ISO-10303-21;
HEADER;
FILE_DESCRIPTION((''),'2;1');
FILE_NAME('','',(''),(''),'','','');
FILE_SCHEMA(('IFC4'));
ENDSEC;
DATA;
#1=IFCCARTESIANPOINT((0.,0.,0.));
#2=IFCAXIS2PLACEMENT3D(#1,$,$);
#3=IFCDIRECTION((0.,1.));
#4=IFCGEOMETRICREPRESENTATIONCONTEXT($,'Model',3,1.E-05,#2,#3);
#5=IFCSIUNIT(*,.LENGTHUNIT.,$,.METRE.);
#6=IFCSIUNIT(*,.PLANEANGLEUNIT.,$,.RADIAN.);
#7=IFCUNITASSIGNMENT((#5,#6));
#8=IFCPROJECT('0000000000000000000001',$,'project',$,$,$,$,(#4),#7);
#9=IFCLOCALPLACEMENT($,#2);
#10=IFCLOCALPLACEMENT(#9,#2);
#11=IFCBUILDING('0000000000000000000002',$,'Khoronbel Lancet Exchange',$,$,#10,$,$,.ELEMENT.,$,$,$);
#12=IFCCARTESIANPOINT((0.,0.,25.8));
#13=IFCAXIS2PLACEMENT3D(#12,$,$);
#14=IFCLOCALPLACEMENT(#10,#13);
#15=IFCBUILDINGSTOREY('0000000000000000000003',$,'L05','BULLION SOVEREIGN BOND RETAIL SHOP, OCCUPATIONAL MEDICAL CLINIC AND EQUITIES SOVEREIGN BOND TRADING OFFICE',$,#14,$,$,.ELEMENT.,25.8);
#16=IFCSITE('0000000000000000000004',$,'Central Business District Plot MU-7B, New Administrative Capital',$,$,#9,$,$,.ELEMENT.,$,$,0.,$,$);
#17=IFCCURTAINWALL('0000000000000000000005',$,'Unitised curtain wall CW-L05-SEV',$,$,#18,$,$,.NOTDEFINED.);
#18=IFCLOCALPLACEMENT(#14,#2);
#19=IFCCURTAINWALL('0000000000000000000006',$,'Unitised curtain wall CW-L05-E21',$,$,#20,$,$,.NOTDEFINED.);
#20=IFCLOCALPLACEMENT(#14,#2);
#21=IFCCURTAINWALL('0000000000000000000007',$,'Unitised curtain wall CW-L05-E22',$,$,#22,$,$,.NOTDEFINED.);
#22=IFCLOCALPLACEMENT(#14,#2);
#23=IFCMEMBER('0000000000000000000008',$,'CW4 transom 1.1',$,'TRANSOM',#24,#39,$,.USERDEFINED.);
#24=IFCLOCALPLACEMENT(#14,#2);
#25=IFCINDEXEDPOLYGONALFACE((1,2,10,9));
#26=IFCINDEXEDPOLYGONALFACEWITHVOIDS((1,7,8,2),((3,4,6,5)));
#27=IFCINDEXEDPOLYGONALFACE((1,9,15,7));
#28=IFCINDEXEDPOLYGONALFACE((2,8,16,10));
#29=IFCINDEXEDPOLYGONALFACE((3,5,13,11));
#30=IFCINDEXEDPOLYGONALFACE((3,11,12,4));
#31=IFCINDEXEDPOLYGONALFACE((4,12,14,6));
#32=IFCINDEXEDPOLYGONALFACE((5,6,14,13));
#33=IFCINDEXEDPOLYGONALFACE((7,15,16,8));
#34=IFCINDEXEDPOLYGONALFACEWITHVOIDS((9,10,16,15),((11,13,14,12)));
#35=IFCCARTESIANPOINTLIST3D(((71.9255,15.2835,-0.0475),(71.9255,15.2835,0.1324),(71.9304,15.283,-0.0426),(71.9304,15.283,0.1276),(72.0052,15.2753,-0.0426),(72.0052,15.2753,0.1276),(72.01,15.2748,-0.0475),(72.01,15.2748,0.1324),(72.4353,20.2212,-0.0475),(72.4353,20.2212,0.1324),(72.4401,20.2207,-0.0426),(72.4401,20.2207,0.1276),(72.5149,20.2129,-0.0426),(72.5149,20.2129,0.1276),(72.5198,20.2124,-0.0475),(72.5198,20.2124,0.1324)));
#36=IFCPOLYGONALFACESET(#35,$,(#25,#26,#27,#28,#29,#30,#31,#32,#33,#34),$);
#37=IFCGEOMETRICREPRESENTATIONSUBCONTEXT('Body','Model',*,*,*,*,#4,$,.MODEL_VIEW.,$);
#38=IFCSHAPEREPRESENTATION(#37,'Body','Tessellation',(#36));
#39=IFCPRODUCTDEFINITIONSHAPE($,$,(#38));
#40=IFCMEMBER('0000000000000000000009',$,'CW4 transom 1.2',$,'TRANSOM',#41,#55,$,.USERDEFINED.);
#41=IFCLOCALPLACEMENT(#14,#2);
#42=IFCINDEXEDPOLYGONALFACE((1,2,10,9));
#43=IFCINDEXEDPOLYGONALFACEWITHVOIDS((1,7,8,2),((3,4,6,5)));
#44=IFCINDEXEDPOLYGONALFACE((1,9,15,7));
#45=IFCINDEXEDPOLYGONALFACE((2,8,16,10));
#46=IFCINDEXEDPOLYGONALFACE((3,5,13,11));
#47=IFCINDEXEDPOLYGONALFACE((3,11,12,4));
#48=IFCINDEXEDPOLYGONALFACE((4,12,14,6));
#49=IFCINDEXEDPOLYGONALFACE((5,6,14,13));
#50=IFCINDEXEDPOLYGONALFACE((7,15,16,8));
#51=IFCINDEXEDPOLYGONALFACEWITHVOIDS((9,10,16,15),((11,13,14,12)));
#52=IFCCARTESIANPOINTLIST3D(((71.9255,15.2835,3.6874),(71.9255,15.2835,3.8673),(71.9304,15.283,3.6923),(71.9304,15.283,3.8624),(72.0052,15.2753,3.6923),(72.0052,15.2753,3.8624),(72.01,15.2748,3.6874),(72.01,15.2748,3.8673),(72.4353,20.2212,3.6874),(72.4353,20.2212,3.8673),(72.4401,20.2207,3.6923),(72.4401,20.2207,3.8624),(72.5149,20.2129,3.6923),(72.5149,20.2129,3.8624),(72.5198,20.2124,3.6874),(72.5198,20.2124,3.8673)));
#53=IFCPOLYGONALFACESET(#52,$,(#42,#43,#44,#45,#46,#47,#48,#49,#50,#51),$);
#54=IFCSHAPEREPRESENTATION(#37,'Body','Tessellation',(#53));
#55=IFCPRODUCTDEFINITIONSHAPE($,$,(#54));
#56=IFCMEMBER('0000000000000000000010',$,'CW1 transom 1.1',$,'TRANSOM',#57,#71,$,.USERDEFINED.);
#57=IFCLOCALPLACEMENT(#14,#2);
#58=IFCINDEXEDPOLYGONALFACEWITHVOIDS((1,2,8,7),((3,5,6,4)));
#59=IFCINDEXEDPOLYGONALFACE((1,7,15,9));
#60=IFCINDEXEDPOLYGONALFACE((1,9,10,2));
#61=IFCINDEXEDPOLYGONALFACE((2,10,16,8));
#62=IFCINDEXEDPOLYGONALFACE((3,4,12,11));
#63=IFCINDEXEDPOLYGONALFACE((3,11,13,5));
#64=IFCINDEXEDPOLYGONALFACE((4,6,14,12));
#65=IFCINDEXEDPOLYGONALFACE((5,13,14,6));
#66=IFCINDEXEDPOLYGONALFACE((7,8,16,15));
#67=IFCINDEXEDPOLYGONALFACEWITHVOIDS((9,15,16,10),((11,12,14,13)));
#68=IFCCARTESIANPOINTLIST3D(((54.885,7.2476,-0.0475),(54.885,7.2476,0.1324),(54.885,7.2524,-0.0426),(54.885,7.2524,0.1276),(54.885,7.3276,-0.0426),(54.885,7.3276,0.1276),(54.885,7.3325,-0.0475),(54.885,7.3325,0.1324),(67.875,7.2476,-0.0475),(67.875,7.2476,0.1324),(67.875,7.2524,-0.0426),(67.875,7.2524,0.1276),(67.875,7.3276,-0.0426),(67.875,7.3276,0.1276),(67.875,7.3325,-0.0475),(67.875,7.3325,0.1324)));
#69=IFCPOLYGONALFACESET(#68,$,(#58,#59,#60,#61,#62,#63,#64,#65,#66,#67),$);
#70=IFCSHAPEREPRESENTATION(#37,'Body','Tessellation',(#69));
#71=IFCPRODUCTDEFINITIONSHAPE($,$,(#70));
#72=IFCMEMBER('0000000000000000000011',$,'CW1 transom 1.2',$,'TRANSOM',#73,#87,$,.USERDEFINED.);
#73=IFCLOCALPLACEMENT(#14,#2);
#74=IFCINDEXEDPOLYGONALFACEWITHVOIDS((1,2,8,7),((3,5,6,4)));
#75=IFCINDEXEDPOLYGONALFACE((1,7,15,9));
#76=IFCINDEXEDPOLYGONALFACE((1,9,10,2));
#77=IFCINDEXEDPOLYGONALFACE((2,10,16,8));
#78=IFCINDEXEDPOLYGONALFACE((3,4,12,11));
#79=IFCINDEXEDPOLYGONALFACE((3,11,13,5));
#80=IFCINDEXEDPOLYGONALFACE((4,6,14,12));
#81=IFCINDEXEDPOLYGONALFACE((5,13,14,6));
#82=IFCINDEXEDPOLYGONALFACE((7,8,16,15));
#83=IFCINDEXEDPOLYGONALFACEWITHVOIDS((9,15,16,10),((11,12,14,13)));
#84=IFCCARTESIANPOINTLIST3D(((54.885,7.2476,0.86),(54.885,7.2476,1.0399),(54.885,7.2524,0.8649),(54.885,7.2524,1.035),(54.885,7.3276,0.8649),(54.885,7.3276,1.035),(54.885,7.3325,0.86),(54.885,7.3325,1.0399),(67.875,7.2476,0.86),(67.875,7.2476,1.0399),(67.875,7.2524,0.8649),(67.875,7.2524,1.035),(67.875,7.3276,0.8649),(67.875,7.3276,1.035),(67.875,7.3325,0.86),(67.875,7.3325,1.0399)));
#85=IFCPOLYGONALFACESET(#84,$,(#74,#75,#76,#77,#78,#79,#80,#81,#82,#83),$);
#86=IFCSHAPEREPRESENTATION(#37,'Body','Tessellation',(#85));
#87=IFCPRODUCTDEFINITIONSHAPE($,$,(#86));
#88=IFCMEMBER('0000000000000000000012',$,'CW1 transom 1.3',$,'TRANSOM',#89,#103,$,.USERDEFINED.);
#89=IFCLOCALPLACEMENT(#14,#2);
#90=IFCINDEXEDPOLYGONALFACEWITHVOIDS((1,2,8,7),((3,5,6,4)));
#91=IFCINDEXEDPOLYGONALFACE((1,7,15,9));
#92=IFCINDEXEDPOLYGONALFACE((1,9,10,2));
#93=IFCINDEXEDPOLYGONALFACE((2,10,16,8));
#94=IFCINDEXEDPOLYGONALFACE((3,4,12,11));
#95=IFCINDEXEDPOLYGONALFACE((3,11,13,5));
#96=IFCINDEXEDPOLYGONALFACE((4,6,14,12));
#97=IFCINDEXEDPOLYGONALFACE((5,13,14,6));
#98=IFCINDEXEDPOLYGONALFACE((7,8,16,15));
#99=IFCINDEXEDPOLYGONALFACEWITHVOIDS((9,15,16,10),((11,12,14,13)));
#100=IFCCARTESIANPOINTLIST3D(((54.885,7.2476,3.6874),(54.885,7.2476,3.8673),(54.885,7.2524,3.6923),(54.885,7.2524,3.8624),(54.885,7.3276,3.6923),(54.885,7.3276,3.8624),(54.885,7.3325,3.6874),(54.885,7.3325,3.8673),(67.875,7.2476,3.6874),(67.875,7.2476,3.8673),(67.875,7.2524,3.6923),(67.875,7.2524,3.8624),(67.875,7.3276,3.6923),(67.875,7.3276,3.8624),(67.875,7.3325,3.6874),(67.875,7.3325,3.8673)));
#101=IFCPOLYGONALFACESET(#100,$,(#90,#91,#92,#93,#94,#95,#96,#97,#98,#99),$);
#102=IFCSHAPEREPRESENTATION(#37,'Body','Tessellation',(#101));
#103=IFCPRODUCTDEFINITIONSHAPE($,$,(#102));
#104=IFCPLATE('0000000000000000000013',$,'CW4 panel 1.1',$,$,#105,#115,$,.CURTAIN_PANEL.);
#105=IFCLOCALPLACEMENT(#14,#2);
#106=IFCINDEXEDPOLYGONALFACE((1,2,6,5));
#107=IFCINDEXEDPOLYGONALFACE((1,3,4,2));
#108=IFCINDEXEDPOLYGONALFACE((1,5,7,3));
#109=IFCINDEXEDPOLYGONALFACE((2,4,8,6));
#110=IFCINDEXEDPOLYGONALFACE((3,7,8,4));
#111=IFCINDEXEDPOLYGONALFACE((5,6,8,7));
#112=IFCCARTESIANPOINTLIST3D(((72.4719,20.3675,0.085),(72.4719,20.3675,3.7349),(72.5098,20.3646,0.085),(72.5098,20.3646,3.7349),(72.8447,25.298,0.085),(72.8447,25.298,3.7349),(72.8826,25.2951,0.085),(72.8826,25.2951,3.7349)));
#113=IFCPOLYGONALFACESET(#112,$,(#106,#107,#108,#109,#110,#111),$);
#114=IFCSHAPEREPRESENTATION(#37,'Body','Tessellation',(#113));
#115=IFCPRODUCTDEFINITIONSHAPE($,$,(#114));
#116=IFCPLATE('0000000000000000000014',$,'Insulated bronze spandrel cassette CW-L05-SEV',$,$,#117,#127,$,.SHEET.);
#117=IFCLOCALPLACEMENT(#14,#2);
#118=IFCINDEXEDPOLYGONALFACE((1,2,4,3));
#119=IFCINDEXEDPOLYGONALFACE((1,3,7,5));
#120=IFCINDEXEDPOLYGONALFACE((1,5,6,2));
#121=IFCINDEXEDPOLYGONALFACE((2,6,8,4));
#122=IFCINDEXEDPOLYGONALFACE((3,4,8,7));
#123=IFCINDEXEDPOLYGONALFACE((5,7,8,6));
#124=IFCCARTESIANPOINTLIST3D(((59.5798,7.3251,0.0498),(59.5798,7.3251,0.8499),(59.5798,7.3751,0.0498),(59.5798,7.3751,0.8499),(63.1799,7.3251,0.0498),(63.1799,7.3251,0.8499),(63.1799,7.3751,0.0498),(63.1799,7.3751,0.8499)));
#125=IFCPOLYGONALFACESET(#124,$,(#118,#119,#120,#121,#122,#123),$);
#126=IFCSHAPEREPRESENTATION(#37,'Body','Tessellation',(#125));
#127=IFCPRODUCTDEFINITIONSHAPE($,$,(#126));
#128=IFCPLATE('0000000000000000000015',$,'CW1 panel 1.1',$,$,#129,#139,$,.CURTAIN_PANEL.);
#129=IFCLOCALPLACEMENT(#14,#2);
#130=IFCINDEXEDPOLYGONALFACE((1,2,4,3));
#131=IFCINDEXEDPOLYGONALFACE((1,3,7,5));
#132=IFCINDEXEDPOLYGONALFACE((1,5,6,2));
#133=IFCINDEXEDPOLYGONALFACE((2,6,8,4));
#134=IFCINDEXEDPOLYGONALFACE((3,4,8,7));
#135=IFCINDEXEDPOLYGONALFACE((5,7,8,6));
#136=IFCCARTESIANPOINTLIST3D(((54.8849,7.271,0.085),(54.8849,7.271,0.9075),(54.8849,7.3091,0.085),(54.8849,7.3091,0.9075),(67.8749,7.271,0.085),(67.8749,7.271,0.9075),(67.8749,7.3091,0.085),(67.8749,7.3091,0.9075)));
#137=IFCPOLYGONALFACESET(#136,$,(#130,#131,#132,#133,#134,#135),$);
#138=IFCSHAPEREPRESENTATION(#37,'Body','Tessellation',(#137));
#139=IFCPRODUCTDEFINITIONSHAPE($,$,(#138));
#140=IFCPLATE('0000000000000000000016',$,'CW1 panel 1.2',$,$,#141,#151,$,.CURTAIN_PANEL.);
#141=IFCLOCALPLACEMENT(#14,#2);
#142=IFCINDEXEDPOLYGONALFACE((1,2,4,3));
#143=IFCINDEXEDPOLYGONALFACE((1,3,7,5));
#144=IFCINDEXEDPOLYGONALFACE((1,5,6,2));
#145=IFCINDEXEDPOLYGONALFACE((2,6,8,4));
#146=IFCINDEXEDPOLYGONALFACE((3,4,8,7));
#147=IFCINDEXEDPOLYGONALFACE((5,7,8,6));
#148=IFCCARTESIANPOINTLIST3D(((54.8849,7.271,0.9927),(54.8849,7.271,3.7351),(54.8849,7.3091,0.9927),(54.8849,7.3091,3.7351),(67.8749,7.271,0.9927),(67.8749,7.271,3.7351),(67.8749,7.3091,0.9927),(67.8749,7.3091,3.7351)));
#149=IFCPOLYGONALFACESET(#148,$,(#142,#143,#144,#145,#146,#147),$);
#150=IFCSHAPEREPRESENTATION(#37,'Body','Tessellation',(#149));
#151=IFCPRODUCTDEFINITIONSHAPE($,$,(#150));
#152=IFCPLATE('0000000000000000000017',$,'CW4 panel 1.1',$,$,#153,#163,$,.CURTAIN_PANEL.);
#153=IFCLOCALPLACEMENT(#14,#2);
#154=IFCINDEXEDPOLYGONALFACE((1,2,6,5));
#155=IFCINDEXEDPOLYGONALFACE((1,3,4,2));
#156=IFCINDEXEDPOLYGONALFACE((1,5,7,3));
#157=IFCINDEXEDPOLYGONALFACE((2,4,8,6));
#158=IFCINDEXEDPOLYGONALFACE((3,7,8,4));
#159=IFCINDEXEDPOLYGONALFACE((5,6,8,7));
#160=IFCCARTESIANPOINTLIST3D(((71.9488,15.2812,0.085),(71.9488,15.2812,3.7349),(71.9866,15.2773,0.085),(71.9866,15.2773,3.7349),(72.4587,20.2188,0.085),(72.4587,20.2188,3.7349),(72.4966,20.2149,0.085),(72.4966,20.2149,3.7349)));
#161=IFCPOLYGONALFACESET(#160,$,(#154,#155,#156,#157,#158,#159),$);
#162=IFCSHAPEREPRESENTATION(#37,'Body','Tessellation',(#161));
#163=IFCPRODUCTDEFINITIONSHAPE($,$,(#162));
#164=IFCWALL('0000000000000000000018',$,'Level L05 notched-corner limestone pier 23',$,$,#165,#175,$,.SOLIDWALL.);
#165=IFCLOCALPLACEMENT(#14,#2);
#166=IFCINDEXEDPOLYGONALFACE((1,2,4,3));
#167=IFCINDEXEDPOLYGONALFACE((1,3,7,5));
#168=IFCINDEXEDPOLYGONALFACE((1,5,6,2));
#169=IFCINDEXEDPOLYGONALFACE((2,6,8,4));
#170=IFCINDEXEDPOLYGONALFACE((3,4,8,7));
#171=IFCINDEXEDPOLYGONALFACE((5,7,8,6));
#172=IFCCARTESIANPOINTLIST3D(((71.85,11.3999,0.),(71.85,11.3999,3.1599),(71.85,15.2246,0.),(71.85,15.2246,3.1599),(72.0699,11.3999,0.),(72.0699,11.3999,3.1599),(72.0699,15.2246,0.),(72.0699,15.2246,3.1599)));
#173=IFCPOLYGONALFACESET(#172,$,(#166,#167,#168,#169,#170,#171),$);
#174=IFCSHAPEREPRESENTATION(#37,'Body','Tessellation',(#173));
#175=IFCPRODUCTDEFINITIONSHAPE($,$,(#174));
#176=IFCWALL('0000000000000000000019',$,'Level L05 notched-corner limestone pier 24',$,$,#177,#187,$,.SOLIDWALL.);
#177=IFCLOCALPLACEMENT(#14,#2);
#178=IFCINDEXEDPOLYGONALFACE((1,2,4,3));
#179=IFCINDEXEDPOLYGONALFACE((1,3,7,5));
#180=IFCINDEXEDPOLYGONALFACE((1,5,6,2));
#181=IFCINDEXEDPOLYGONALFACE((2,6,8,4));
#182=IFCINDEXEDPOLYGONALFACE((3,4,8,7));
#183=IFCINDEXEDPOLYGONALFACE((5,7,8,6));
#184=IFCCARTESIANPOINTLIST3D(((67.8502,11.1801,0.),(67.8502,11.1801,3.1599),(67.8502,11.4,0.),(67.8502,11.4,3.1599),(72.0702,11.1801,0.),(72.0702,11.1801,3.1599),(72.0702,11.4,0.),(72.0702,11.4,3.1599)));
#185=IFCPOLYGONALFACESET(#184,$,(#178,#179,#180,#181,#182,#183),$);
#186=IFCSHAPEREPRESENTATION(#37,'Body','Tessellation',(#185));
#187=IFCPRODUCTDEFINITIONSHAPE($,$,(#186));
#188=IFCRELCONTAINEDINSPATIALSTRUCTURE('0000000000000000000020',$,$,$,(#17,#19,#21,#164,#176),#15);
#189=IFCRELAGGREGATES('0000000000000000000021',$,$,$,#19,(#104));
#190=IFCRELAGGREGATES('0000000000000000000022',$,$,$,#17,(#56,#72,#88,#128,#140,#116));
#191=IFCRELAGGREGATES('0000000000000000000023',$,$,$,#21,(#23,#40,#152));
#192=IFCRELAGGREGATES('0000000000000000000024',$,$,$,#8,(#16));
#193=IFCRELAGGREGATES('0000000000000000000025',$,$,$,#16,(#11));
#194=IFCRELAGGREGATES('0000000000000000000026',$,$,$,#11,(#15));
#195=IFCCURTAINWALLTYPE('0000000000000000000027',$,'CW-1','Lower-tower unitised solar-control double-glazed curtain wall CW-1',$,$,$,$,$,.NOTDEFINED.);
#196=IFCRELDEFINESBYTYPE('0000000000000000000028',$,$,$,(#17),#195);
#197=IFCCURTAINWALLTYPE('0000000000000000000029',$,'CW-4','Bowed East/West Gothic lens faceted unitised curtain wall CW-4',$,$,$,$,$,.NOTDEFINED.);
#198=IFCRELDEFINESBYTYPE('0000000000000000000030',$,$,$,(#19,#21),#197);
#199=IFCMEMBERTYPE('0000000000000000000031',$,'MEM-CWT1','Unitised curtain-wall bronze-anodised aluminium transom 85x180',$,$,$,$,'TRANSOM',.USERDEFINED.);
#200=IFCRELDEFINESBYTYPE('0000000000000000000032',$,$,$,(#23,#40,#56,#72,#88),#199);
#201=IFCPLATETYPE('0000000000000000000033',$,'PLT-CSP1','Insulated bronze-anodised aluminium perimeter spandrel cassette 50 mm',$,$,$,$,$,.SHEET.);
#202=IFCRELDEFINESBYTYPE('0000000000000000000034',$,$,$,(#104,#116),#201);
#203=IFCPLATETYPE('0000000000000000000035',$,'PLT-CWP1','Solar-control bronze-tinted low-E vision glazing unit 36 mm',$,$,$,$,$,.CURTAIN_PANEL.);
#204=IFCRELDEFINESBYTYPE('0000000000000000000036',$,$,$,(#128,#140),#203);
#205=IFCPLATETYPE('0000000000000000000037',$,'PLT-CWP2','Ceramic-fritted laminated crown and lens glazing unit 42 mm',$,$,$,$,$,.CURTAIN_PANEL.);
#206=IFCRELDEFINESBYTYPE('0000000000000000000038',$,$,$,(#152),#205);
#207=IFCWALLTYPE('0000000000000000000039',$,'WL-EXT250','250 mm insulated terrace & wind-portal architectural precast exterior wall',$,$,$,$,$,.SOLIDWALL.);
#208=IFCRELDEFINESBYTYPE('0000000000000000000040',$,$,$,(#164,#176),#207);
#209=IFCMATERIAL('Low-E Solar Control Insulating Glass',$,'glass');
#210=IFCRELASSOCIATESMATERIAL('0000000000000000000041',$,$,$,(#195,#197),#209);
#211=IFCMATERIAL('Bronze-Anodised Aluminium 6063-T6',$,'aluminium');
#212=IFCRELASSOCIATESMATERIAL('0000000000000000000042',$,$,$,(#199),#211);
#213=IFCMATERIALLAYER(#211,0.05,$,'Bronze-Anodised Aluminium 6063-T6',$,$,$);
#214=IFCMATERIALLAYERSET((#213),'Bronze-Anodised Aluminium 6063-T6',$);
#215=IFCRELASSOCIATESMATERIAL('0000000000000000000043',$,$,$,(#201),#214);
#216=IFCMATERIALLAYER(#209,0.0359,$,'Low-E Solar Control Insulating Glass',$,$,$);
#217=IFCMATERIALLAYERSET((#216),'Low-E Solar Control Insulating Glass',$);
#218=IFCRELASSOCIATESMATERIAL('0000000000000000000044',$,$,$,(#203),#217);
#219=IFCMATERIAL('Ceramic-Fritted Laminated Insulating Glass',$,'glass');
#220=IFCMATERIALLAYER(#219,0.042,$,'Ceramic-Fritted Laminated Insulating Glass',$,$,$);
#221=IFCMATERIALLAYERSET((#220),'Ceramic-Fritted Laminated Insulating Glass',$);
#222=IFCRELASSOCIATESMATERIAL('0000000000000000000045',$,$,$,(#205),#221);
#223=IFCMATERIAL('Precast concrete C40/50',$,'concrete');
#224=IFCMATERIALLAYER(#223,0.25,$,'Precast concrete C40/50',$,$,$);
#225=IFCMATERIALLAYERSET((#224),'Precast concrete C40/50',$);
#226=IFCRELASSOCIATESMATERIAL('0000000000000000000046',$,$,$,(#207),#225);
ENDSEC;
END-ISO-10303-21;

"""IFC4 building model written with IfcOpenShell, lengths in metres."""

from ifc_helpers import new_model, si_unit, direction, frame, frame_2d, origin, origin_2d, place, context, subcontext, project, spatial, rectangle, hollow_rectangle, extrude, material, layer, layer_set, material_profile, profile_set, type_object, element, aggregate, save


model = new_model("IFC4")

# Units and contexts
model_context = context("Model", 3, precision=1e-05, world=origin(), true_north=direction((0.0, 1.0)))
body_context = subcontext(model_context, "Body", "Model", "MODEL_VIEW")
ifc_project = project(units=[si_unit("LENGTHUNIT", "METRE"), si_unit("PLANEANGLEUNIT", "RADIAN")], contexts=[model_context])

# Site, building, storey
site_placement = place(None, origin())
site = spatial("IfcSite", under=ifc_project, at=site_placement, Name="Central Business District Plot MU-7B, New Administrative Capital", CompositionType="ELEMENT", RefElevation=0.0)
building_placement = place(site_placement, origin())
building = spatial("IfcBuilding", under=site, at=building_placement, Name="Khoronbel Lancet Exchange", CompositionType="ELEMENT")
storey_placement = place(building_placement, frame((0.0, 0.0, 25.8)))
storey = spatial("IfcBuildingStorey", under=building, at=storey_placement, Name="L05", Description="BULLION SOVEREIGN BOND RETAIL SHOP, OCCUPATIONAL MEDICAL CLINIC AND EQUITIES SOVEREIGN BOND TRADING OFFICE", CompositionType="ELEMENT", Elevation=25.8)

# Curtain walls
ifc_material_1 = material(Name="Low-E Solar Control Insulating Glass", Category="glass")
curtain_wall_type_1 = type_object("IfcCurtainWallType", Name="CW-1", Description="Lower-tower unitised solar-control double-glazed curtain wall CW-1", PredefinedType="NOTDEFINED", material=ifc_material_1)
curtain_wall_1_placement = place(storey_placement, origin())
curtain_wall_1 = element("IfcCurtainWall", 1, at=curtain_wall_1_placement, inside=storey, type_object=curtain_wall_type_1, Name="Unitised curtain wall CW-L05-SEV", PredefinedType="NOTDEFINED")
ifc_material_2 = material(Name="Bronze-Anodised Aluminium 6063-T6", Category="aluminium")
curtain_wall_type_2 = type_object("IfcCurtainWallType", Name="CW-4", Description="Bowed East/West Gothic lens faceted unitised curtain wall CW-4", PredefinedType="NOTDEFINED", material=ifc_material_1)
curtain_wall_2_placement = place(storey_placement, origin())
curtain_wall_2 = element("IfcCurtainWall", 2, at=curtain_wall_2_placement, inside=storey, type_object=curtain_wall_type_2, Name="Unitised curtain wall CW-L05-E21", PredefinedType="NOTDEFINED")

# Curtain wall, members
curtain_wall_3_placement = place(storey_placement, origin())
curtain_wall_3 = element("IfcCurtainWall", 3, at=curtain_wall_3_placement, inside=storey, type_object=curtain_wall_type_2, Name="Unitised curtain wall CW-L05-E22", PredefinedType="NOTDEFINED")
ifc_material_profile_1 = material_profile(ifc_material_2, hollow_rectangle(XDim=0.085, YDim=0.1799, WallThickness=0.0049, at=origin_2d()), Name="ALU TRANSOM 85x180")
ifc_profile_set_1 = profile_set([ifc_material_profile_1], Name="Bronze-Anodised Aluminium 6063-T6")
member_type_1 = type_object("IfcMemberType", Name="MEM-CWT1", Description="Unitised curtain-wall bronze-anodised aluminium transom 85x180", ElementType="TRANSOM", PredefinedType="USERDEFINED", material=ifc_profile_set_1)
member_1_placement = place(storey_placement, frame((72.4775, 20.2168, 0.0425), z_axis=(-0.102698, -0.994713, 0.0), x_axis=(0.994713, -0.102698, 0.0)))
member_1 = element("IfcMember", 4, at=member_1_placement, type_object=member_type_1, Name="CW4 transom 1.1", ObjectType="TRANSOM", PredefinedType="USERDEFINED", context=body_context, shape_type="SweptSolid", body=[
    extrude(hollow_rectangle(XDim=0.085, YDim=0.1799, WallThickness=0.0049, at=origin_2d()), origin(), (0.0, 0.0, 1.0), 4.9639),
])
member_2_placement = place(storey_placement, frame((72.4775, 20.2168, 3.7773), z_axis=(-0.102698, -0.994713, 0.0), x_axis=(0.994713, -0.102698, 0.0)))
member_2 = element("IfcMember", 5, at=member_2_placement, type_object=member_type_1, Name="CW4 transom 1.2", ObjectType="TRANSOM", PredefinedType="USERDEFINED", context=body_context, shape_type="SweptSolid", body=[
    extrude(hollow_rectangle(XDim=0.085, YDim=0.1799, WallThickness=0.0049, at=origin_2d()), origin(), (0.0, 0.0, 1.0), 4.9639),
])

# Members
member_3_placement = place(storey_placement, frame((54.885, 7.29, 0.0425), z_axis=(1.0, 0.0, 0.0), x_axis=(0.0, 1.0, 0.0)))
member_3 = element("IfcMember", 6, at=member_3_placement, type_object=member_type_1, Name="CW1 transom 1.1", ObjectType="TRANSOM", PredefinedType="USERDEFINED", context=body_context, shape_type="SweptSolid", body=[
    extrude(hollow_rectangle(XDim=0.085, YDim=0.1799, WallThickness=0.0049, at=origin_2d()), origin(), (0.0, 0.0, 1.0), 12.99),
])
member_4_placement = place(storey_placement, frame((54.885, 7.29, 0.95), z_axis=(1.0, 0.0, 0.0), x_axis=(0.0, 1.0, 0.0)))
member_4 = element("IfcMember", 7, at=member_4_placement, type_object=member_type_1, Name="CW1 transom 1.2", ObjectType="TRANSOM", PredefinedType="USERDEFINED", context=body_context, shape_type="SweptSolid", body=[
    extrude(hollow_rectangle(XDim=0.085, YDim=0.1799, WallThickness=0.0049, at=origin_2d()), origin(), (0.0, 0.0, 1.0), 12.99),
])
member_5_placement = place(storey_placement, frame((54.885, 7.29, 3.7773), z_axis=(1.0, 0.0, 0.0), x_axis=(0.0, 1.0, 0.0)))
member_5 = element("IfcMember", 8, at=member_5_placement, type_object=member_type_1, Name="CW1 transom 1.3", ObjectType="TRANSOM", PredefinedType="USERDEFINED", context=body_context, shape_type="SweptSolid", body=[
    extrude(hollow_rectangle(XDim=0.085, YDim=0.1799, WallThickness=0.0049, at=origin_2d()), origin(), (0.0, 0.0, 1.0), 12.99),
])

# Plates
ifc_layer_1 = layer(ifc_material_2, 0.05, Name="Bronze-Anodised Aluminium 6063-T6")
ifc_layer_set_1 = layer_set([ifc_layer_1], Name="Bronze-Anodised Aluminium 6063-T6")
plate_type_1 = type_object("IfcPlateType", Name="PLT-CSP1", Description="Insulated bronze-anodised aluminium perimeter spandrel cassette 50 mm", PredefinedType="SHEET", material=ifc_layer_set_1)
plate_1_placement = place(storey_placement, frame((72.6772, 22.8313, 0.085), z_axis=(0.0, 0.0, 1.0), x_axis=(-0.075395, -0.997154, 0.0)))
plate_1 = element("IfcPlate", 9, at=plate_1_placement, type_object=plate_type_1, Name="CW4 panel 1.1", PredefinedType="CURTAIN_PANEL", context=body_context, shape_type="SweptSolid", body=[
    extrude(rectangle(XDim=4.9446, YDim=0.0381, at=origin_2d()), origin(), (0.0, 0.0, 1.0), 3.6499),
])
aggregate(curtain_wall_2, [plate_1])
plate_2_placement = place(storey_placement, frame((61.3799, 7.3501, 0.0498), z_axis=(0.0, 0.0, 1.0), x_axis=(1.0, 0.0, 0.0)))
plate_2 = element("IfcPlate", 10, at=plate_2_placement, type_object=plate_type_1, Name="Insulated bronze spandrel cassette CW-L05-SEV", PredefinedType="SHEET", context=body_context, shape_type="SweptSolid", body=[
    extrude(rectangle(XDim=3.6001, YDim=0.05, at=origin_2d()), origin(), (0.0, 0.0, 1.0), 0.8),
])
ifc_layer_2 = layer(ifc_material_1, 0.0359, Name="Low-E Solar Control Insulating Glass")
ifc_layer_set_2 = layer_set([ifc_layer_2], Name="Low-E Solar Control Insulating Glass")
plate_type_2 = type_object("IfcPlateType", Name="PLT-CWP1", Description="Solar-control bronze-tinted low-E vision glazing unit 36 mm", PredefinedType="CURTAIN_PANEL", material=ifc_layer_set_2)
plate_3_placement = place(storey_placement, frame((61.3799, 7.29, 0.085), z_axis=(0.0, 0.0, 1.0), x_axis=(1.0, 0.0, 0.0)))
plate_3 = element("IfcPlate", 11, at=plate_3_placement, type_object=plate_type_2, Name="CW1 panel 1.1", PredefinedType="CURTAIN_PANEL", context=body_context, shape_type="SweptSolid", body=[
    extrude(rectangle(XDim=12.99, YDim=0.0381, at=origin_2d()), origin(), (0.0, 0.0, 1.0), 0.8225),
])
plate_4_placement = place(storey_placement, frame((61.3799, 7.29, 0.9927), z_axis=(0.0, 0.0, 1.0), x_axis=(1.0, 0.0, 0.0)))
plate_4 = element("IfcPlate", 12, at=plate_4_placement, type_object=plate_type_2, Name="CW1 panel 1.2", PredefinedType="CURTAIN_PANEL", context=body_context, shape_type="SweptSolid", body=[
    extrude(rectangle(XDim=12.99, YDim=0.0381, at=origin_2d()), origin(), (0.0, 0.0, 1.0), 2.7424),
])
aggregate(curtain_wall_1, [member_3, member_4, member_5, plate_3, plate_4, plate_2])
ifc_material_3 = material(Name="Ceramic-Fritted Laminated Insulating Glass", Category="glass")
ifc_layer_3 = layer(ifc_material_3, 0.042, Name="Ceramic-Fritted Laminated Insulating Glass")
ifc_layer_set_3 = layer_set([ifc_layer_3], Name="Ceramic-Fritted Laminated Insulating Glass")
plate_type_3 = type_object("IfcPlateType", Name="PLT-CWP2", Description="Ceramic-fritted laminated crown and lens glazing unit 42 mm", PredefinedType="CURTAIN_PANEL", material=ifc_layer_set_3)
plate_5_placement = place(storey_placement, frame((72.2227, 17.748, 0.085), z_axis=(0.0, 0.0, 1.0), x_axis=(-0.102723, -0.99471, 0.0)))
plate_5 = element("IfcPlate", 13, at=plate_5_placement, type_object=plate_type_3, Name="CW4 panel 1.1", PredefinedType="CURTAIN_PANEL", context=body_context, shape_type="SweptSolid", body=[
    extrude(rectangle(XDim=4.9639, YDim=0.0381, at=origin_2d()), origin(), (0.0, 0.0, 1.0), 3.6499),
])
aggregate(curtain_wall_3, [member_1, member_2, plate_5])

# Walls
ifc_material_4 = material(Name="Precast concrete C40/50", Category="concrete")
ifc_layer_4 = layer(ifc_material_4, 0.25, Name="Precast concrete C40/50")
ifc_layer_set_4 = layer_set([ifc_layer_4], Name="Precast concrete C40/50")
wall_type_1 = type_object("IfcWallType", Name="WL-EXT250", Description="250 mm insulated terrace & wind-portal architectural precast exterior wall", PredefinedType="SOLIDWALL", material=ifc_layer_set_4)
wall_1_placement = place(storey_placement, frame((71.96, 15.2246, 0.0), z_axis=(0.0, 0.0, 1.0), x_axis=(0.0, -1.0, 0.0)))
element("IfcWall", 14, at=wall_1_placement, inside=storey, type_object=wall_type_1, Name="Level L05 notched-corner limestone pier 23", PredefinedType="SOLIDWALL", context=body_context, shape_type="SweptSolid", body=[
    extrude(rectangle(XDim=3.8247, YDim=0.22, at=frame_2d((1.9124, 0.0))), origin(), (0.0, 0.0, 1.0), 3.1599),
])
wall_2_placement = place(storey_placement, frame((72.0701, 11.29, 0.0), z_axis=(0.0, 0.0, 1.0), x_axis=(-1.0, 0.0, 0.0)))
element("IfcWall", 15, at=wall_2_placement, inside=storey, type_object=wall_type_1, Name="Level L05 notched-corner limestone pier 24", PredefinedType="SOLIDWALL", context=body_context, shape_type="SweptSolid", body=[
    extrude(rectangle(XDim=4.22, YDim=0.22, at=frame_2d((2.1099, 0.0))), origin(), (0.0, 0.0, 1.0), 3.1599),
])

save(model, "model.ifc")
